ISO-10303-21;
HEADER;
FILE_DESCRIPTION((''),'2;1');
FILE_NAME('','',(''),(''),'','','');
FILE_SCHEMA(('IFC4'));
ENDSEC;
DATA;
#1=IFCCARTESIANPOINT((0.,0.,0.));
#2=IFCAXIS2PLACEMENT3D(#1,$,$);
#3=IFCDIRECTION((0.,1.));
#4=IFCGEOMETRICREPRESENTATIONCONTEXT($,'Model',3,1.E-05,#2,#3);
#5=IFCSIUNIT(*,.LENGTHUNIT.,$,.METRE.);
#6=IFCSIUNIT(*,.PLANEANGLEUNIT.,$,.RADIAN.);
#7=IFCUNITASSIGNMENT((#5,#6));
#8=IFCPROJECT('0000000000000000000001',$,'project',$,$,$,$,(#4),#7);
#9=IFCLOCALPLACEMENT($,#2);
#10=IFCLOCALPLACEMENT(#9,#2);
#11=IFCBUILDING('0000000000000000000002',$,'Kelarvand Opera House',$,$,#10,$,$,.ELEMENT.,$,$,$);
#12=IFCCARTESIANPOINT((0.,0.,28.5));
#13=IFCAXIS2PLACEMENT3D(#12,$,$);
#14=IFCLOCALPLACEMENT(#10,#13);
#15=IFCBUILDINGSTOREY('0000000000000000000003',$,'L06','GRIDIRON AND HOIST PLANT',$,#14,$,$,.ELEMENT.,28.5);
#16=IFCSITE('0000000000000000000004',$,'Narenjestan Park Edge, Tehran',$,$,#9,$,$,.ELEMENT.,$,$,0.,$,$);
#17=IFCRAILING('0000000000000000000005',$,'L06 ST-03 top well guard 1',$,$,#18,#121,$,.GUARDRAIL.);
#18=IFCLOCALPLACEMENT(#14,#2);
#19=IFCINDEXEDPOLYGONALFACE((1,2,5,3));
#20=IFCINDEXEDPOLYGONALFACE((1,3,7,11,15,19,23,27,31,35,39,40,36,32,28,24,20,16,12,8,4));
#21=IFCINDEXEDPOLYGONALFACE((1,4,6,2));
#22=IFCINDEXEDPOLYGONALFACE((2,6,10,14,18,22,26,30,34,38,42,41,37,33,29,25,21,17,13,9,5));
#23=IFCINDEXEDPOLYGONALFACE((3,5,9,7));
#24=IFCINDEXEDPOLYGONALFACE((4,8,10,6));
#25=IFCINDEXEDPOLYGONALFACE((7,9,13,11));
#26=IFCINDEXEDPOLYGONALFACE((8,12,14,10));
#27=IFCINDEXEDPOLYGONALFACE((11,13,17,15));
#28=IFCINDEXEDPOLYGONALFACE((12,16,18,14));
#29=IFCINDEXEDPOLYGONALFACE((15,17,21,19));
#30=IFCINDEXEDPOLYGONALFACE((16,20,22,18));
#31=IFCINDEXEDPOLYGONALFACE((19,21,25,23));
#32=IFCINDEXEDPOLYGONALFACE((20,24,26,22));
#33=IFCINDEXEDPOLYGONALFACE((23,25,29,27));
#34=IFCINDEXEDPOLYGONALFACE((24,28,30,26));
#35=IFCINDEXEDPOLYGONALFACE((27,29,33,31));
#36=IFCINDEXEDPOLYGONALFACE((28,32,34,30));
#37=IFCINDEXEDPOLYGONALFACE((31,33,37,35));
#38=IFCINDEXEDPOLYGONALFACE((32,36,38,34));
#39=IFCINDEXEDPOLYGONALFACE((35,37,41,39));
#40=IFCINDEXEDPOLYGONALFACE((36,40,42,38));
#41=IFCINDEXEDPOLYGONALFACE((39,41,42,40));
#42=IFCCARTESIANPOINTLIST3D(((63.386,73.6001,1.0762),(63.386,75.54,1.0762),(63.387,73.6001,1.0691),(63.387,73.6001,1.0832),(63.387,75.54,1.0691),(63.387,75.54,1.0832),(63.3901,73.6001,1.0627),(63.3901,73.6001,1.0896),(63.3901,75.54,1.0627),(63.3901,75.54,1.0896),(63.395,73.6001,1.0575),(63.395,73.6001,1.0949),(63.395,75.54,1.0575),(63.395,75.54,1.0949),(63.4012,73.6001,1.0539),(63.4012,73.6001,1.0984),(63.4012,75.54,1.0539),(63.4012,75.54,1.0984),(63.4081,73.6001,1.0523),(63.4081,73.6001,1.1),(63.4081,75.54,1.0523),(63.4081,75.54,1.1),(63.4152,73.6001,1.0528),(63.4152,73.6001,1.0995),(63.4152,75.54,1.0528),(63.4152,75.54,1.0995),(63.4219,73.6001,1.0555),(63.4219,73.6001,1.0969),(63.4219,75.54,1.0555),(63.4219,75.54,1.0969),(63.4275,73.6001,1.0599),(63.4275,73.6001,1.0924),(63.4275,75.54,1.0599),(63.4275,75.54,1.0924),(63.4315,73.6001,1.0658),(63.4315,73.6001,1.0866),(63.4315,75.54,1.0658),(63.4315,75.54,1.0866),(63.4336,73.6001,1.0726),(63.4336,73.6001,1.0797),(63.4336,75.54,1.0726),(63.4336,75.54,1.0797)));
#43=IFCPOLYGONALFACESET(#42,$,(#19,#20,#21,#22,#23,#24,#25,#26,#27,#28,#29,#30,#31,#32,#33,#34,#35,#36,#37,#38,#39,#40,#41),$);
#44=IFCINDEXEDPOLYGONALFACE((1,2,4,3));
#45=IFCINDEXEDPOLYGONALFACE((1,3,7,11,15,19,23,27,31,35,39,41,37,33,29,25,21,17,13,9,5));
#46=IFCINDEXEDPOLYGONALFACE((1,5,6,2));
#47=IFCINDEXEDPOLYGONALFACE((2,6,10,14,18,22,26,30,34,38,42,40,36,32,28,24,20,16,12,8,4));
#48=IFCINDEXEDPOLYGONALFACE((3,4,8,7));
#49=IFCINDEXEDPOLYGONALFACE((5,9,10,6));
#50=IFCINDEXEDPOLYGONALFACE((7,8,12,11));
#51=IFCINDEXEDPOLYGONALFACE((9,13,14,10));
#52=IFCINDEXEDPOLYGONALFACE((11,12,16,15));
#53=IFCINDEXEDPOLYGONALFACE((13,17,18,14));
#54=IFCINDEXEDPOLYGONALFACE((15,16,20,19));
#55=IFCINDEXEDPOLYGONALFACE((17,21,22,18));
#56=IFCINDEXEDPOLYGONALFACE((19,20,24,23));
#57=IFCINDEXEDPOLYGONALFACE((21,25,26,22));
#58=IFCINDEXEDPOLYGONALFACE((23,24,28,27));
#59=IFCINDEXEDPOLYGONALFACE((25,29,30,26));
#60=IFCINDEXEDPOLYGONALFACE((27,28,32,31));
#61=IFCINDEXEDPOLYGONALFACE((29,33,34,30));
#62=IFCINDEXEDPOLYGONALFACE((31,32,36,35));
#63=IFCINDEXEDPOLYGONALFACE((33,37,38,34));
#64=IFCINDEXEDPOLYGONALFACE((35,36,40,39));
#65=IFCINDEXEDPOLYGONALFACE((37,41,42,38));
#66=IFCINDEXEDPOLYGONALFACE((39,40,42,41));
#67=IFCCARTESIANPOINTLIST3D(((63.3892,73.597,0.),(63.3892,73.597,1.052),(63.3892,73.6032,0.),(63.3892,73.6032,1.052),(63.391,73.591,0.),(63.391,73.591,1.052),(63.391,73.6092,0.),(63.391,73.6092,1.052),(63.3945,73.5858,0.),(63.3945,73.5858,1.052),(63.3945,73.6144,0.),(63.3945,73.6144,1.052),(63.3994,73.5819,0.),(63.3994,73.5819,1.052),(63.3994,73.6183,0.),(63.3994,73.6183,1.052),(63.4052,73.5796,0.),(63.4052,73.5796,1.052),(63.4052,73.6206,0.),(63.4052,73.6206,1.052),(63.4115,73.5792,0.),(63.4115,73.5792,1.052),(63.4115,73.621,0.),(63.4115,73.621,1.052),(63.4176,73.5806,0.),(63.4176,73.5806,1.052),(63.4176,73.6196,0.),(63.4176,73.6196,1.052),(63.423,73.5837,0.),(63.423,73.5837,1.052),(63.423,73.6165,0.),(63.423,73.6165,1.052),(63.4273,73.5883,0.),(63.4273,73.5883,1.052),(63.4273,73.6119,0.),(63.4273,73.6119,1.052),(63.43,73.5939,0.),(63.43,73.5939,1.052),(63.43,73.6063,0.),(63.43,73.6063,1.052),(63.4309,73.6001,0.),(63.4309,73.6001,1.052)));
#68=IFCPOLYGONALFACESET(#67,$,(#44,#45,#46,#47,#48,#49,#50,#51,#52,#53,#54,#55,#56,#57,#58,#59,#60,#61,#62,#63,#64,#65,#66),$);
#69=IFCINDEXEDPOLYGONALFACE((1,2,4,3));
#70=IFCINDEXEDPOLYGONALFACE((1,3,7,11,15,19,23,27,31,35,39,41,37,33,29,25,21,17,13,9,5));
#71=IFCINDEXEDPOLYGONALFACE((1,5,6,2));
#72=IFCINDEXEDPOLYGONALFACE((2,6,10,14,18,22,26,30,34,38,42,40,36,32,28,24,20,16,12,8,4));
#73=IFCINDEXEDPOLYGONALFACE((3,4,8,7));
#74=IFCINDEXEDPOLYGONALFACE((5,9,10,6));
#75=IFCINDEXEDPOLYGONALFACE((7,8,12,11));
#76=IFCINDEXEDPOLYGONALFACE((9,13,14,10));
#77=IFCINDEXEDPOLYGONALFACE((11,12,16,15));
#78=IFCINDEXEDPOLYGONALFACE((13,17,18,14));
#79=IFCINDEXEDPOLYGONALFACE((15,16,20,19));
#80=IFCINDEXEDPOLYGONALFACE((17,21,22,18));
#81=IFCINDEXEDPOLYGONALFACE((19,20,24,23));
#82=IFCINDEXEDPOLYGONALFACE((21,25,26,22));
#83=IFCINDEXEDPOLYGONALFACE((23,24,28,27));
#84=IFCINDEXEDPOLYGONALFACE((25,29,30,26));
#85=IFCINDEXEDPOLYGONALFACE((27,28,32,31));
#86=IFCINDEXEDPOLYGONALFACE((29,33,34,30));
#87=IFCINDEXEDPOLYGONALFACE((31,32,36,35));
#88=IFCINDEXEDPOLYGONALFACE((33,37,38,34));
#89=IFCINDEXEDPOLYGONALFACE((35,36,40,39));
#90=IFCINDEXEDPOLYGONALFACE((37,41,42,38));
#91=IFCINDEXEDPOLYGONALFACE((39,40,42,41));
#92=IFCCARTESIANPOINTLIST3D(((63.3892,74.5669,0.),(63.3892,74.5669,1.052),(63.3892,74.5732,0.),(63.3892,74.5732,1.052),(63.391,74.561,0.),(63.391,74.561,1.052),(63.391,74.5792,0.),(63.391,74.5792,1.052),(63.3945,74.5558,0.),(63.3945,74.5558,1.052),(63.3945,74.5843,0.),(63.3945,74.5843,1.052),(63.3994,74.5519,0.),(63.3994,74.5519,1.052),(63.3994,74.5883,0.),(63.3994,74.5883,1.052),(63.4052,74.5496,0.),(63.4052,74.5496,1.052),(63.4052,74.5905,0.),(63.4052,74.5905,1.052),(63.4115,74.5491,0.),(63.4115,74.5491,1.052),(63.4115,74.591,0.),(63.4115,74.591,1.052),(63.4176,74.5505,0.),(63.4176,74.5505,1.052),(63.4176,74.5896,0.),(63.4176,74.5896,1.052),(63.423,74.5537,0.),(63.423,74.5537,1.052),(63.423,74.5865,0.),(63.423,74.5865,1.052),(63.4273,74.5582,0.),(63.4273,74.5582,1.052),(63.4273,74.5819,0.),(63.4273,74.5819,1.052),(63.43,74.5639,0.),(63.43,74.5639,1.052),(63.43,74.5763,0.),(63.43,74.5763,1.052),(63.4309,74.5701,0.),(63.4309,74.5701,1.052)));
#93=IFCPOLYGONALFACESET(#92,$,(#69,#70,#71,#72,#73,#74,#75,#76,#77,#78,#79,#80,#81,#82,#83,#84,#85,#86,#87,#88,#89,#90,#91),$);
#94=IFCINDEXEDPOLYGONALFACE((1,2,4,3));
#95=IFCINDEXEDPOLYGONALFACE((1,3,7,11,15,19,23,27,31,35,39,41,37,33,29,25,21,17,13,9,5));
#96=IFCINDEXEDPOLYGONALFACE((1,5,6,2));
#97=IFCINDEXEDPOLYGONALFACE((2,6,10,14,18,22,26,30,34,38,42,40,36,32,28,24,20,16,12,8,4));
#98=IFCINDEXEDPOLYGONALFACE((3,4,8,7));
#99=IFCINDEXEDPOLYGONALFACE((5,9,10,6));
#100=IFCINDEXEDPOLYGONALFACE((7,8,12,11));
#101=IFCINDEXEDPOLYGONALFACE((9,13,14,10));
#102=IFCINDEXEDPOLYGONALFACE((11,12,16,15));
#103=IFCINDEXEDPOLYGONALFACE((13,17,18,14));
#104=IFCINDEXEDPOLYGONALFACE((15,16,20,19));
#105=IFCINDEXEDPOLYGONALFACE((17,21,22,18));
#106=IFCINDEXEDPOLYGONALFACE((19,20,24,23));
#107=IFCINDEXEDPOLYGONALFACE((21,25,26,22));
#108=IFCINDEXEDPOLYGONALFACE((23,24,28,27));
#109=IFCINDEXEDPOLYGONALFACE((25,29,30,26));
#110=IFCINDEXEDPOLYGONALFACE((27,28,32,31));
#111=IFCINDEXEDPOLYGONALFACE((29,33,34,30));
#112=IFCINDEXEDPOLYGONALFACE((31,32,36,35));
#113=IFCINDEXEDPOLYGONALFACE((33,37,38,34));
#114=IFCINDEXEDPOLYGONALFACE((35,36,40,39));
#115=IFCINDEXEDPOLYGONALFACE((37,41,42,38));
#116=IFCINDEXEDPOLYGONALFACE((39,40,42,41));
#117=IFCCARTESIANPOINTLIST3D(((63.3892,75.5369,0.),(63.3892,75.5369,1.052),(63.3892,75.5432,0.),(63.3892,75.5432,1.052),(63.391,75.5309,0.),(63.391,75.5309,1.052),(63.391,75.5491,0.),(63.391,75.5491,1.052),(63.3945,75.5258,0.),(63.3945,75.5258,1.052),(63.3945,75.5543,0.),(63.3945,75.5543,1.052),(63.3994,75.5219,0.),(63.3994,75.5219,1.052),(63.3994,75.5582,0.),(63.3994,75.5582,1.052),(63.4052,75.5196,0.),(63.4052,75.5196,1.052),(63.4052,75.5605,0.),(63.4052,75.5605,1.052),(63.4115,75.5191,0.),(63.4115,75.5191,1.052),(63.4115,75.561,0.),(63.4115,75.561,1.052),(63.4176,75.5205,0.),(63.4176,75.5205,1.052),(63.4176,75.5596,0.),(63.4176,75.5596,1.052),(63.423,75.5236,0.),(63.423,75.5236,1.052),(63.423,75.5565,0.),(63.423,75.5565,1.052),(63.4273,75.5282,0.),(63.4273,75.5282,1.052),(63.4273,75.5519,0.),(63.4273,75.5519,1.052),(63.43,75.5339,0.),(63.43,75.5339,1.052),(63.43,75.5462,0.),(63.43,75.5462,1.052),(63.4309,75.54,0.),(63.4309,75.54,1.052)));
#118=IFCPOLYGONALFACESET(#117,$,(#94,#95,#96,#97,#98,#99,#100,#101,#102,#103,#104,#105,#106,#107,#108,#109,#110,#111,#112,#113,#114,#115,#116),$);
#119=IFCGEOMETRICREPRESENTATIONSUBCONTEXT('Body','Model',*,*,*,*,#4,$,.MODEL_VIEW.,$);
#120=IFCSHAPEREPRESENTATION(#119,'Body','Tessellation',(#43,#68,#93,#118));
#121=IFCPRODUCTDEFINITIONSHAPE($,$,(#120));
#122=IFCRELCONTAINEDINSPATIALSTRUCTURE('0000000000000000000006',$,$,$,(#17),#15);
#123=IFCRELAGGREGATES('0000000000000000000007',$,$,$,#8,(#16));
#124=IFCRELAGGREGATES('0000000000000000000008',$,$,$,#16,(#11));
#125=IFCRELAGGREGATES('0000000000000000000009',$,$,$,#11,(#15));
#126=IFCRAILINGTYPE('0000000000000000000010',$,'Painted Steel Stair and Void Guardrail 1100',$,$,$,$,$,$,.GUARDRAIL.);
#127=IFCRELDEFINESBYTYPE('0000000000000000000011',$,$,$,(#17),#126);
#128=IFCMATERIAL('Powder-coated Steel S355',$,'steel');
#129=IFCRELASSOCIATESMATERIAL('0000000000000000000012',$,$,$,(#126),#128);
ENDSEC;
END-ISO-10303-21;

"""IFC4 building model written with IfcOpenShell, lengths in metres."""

from ifc_helpers import new_model, si_unit, direction, frame, origin, origin_2d, place, context, subcontext, project, spatial, circle, extrude, material, type_object, element, save


model = new_model("IFC4")

# Units and contexts
model_context = context("Model", 3, precision=1e-05, world=origin(), true_north=direction((0.0, 1.0)))
body_context = subcontext(model_context, "Body", "Model", "MODEL_VIEW")
ifc_project = project(units=[si_unit("LENGTHUNIT", "METRE"), si_unit("PLANEANGLEUNIT", "RADIAN")], contexts=[model_context])

# Site, building, storey
site_placement = place(None, origin())
site = spatial("IfcSite", under=ifc_project, at=site_placement, Name="Narenjestan Park Edge, Tehran", CompositionType="ELEMENT", RefElevation=0.0)
building_placement = place(site_placement, origin())
building = spatial("IfcBuilding", under=site, at=building_placement, Name="Kelarvand Opera House", CompositionType="ELEMENT")
storey_placement = place(building_placement, frame((0.0, 0.0, 28.5)))
storey = spatial("IfcBuildingStorey", under=building, at=storey_placement, Name="L06", Description="GRIDIRON AND HOIST PLANT", CompositionType="ELEMENT", Elevation=28.5)

# Railing
ifc_material_1 = material(Name="Powder-coated Steel S355", Category="steel")
railing_type = type_object("IfcRailingType", Name="Painted Steel Stair and Void Guardrail 1100", PredefinedType="GUARDRAIL", material=ifc_material_1)
railing_placement = place(storey_placement, frame((63.4099, 73.6001, 0.0)))
element("IfcRailing", 1, at=railing_placement, inside=storey, type_object=railing_type, Name="L06 ST-03 top well guard 1", PredefinedType="GUARDRAIL", context=body_context, shape_type="SweptSolid", body=[
    extrude(circle(Radius=0.0239, at=origin_2d()), frame((0.0, 0.0, 1.0762), z_axis=(0.0, 1.0, 0.0), x_axis=(-1.0, 0.0, 0.0)), (0.0, 0.0, 1.0), 1.9399),
    extrude(circle(Radius=0.021, at=origin_2d()), origin(), (0.0, 0.0, 1.0), 1.052),
    extrude(circle(Radius=0.021, at=origin_2d()), frame((0.0, 0.97, 0.0)), (0.0, 0.0, 1.0), 1.052),
    extrude(circle(Radius=0.021, at=origin_2d()), frame((0.0, 1.9399, 0.0)), (0.0, 0.0, 1.0), 1.052),
])

save(model, "model.ifc")
